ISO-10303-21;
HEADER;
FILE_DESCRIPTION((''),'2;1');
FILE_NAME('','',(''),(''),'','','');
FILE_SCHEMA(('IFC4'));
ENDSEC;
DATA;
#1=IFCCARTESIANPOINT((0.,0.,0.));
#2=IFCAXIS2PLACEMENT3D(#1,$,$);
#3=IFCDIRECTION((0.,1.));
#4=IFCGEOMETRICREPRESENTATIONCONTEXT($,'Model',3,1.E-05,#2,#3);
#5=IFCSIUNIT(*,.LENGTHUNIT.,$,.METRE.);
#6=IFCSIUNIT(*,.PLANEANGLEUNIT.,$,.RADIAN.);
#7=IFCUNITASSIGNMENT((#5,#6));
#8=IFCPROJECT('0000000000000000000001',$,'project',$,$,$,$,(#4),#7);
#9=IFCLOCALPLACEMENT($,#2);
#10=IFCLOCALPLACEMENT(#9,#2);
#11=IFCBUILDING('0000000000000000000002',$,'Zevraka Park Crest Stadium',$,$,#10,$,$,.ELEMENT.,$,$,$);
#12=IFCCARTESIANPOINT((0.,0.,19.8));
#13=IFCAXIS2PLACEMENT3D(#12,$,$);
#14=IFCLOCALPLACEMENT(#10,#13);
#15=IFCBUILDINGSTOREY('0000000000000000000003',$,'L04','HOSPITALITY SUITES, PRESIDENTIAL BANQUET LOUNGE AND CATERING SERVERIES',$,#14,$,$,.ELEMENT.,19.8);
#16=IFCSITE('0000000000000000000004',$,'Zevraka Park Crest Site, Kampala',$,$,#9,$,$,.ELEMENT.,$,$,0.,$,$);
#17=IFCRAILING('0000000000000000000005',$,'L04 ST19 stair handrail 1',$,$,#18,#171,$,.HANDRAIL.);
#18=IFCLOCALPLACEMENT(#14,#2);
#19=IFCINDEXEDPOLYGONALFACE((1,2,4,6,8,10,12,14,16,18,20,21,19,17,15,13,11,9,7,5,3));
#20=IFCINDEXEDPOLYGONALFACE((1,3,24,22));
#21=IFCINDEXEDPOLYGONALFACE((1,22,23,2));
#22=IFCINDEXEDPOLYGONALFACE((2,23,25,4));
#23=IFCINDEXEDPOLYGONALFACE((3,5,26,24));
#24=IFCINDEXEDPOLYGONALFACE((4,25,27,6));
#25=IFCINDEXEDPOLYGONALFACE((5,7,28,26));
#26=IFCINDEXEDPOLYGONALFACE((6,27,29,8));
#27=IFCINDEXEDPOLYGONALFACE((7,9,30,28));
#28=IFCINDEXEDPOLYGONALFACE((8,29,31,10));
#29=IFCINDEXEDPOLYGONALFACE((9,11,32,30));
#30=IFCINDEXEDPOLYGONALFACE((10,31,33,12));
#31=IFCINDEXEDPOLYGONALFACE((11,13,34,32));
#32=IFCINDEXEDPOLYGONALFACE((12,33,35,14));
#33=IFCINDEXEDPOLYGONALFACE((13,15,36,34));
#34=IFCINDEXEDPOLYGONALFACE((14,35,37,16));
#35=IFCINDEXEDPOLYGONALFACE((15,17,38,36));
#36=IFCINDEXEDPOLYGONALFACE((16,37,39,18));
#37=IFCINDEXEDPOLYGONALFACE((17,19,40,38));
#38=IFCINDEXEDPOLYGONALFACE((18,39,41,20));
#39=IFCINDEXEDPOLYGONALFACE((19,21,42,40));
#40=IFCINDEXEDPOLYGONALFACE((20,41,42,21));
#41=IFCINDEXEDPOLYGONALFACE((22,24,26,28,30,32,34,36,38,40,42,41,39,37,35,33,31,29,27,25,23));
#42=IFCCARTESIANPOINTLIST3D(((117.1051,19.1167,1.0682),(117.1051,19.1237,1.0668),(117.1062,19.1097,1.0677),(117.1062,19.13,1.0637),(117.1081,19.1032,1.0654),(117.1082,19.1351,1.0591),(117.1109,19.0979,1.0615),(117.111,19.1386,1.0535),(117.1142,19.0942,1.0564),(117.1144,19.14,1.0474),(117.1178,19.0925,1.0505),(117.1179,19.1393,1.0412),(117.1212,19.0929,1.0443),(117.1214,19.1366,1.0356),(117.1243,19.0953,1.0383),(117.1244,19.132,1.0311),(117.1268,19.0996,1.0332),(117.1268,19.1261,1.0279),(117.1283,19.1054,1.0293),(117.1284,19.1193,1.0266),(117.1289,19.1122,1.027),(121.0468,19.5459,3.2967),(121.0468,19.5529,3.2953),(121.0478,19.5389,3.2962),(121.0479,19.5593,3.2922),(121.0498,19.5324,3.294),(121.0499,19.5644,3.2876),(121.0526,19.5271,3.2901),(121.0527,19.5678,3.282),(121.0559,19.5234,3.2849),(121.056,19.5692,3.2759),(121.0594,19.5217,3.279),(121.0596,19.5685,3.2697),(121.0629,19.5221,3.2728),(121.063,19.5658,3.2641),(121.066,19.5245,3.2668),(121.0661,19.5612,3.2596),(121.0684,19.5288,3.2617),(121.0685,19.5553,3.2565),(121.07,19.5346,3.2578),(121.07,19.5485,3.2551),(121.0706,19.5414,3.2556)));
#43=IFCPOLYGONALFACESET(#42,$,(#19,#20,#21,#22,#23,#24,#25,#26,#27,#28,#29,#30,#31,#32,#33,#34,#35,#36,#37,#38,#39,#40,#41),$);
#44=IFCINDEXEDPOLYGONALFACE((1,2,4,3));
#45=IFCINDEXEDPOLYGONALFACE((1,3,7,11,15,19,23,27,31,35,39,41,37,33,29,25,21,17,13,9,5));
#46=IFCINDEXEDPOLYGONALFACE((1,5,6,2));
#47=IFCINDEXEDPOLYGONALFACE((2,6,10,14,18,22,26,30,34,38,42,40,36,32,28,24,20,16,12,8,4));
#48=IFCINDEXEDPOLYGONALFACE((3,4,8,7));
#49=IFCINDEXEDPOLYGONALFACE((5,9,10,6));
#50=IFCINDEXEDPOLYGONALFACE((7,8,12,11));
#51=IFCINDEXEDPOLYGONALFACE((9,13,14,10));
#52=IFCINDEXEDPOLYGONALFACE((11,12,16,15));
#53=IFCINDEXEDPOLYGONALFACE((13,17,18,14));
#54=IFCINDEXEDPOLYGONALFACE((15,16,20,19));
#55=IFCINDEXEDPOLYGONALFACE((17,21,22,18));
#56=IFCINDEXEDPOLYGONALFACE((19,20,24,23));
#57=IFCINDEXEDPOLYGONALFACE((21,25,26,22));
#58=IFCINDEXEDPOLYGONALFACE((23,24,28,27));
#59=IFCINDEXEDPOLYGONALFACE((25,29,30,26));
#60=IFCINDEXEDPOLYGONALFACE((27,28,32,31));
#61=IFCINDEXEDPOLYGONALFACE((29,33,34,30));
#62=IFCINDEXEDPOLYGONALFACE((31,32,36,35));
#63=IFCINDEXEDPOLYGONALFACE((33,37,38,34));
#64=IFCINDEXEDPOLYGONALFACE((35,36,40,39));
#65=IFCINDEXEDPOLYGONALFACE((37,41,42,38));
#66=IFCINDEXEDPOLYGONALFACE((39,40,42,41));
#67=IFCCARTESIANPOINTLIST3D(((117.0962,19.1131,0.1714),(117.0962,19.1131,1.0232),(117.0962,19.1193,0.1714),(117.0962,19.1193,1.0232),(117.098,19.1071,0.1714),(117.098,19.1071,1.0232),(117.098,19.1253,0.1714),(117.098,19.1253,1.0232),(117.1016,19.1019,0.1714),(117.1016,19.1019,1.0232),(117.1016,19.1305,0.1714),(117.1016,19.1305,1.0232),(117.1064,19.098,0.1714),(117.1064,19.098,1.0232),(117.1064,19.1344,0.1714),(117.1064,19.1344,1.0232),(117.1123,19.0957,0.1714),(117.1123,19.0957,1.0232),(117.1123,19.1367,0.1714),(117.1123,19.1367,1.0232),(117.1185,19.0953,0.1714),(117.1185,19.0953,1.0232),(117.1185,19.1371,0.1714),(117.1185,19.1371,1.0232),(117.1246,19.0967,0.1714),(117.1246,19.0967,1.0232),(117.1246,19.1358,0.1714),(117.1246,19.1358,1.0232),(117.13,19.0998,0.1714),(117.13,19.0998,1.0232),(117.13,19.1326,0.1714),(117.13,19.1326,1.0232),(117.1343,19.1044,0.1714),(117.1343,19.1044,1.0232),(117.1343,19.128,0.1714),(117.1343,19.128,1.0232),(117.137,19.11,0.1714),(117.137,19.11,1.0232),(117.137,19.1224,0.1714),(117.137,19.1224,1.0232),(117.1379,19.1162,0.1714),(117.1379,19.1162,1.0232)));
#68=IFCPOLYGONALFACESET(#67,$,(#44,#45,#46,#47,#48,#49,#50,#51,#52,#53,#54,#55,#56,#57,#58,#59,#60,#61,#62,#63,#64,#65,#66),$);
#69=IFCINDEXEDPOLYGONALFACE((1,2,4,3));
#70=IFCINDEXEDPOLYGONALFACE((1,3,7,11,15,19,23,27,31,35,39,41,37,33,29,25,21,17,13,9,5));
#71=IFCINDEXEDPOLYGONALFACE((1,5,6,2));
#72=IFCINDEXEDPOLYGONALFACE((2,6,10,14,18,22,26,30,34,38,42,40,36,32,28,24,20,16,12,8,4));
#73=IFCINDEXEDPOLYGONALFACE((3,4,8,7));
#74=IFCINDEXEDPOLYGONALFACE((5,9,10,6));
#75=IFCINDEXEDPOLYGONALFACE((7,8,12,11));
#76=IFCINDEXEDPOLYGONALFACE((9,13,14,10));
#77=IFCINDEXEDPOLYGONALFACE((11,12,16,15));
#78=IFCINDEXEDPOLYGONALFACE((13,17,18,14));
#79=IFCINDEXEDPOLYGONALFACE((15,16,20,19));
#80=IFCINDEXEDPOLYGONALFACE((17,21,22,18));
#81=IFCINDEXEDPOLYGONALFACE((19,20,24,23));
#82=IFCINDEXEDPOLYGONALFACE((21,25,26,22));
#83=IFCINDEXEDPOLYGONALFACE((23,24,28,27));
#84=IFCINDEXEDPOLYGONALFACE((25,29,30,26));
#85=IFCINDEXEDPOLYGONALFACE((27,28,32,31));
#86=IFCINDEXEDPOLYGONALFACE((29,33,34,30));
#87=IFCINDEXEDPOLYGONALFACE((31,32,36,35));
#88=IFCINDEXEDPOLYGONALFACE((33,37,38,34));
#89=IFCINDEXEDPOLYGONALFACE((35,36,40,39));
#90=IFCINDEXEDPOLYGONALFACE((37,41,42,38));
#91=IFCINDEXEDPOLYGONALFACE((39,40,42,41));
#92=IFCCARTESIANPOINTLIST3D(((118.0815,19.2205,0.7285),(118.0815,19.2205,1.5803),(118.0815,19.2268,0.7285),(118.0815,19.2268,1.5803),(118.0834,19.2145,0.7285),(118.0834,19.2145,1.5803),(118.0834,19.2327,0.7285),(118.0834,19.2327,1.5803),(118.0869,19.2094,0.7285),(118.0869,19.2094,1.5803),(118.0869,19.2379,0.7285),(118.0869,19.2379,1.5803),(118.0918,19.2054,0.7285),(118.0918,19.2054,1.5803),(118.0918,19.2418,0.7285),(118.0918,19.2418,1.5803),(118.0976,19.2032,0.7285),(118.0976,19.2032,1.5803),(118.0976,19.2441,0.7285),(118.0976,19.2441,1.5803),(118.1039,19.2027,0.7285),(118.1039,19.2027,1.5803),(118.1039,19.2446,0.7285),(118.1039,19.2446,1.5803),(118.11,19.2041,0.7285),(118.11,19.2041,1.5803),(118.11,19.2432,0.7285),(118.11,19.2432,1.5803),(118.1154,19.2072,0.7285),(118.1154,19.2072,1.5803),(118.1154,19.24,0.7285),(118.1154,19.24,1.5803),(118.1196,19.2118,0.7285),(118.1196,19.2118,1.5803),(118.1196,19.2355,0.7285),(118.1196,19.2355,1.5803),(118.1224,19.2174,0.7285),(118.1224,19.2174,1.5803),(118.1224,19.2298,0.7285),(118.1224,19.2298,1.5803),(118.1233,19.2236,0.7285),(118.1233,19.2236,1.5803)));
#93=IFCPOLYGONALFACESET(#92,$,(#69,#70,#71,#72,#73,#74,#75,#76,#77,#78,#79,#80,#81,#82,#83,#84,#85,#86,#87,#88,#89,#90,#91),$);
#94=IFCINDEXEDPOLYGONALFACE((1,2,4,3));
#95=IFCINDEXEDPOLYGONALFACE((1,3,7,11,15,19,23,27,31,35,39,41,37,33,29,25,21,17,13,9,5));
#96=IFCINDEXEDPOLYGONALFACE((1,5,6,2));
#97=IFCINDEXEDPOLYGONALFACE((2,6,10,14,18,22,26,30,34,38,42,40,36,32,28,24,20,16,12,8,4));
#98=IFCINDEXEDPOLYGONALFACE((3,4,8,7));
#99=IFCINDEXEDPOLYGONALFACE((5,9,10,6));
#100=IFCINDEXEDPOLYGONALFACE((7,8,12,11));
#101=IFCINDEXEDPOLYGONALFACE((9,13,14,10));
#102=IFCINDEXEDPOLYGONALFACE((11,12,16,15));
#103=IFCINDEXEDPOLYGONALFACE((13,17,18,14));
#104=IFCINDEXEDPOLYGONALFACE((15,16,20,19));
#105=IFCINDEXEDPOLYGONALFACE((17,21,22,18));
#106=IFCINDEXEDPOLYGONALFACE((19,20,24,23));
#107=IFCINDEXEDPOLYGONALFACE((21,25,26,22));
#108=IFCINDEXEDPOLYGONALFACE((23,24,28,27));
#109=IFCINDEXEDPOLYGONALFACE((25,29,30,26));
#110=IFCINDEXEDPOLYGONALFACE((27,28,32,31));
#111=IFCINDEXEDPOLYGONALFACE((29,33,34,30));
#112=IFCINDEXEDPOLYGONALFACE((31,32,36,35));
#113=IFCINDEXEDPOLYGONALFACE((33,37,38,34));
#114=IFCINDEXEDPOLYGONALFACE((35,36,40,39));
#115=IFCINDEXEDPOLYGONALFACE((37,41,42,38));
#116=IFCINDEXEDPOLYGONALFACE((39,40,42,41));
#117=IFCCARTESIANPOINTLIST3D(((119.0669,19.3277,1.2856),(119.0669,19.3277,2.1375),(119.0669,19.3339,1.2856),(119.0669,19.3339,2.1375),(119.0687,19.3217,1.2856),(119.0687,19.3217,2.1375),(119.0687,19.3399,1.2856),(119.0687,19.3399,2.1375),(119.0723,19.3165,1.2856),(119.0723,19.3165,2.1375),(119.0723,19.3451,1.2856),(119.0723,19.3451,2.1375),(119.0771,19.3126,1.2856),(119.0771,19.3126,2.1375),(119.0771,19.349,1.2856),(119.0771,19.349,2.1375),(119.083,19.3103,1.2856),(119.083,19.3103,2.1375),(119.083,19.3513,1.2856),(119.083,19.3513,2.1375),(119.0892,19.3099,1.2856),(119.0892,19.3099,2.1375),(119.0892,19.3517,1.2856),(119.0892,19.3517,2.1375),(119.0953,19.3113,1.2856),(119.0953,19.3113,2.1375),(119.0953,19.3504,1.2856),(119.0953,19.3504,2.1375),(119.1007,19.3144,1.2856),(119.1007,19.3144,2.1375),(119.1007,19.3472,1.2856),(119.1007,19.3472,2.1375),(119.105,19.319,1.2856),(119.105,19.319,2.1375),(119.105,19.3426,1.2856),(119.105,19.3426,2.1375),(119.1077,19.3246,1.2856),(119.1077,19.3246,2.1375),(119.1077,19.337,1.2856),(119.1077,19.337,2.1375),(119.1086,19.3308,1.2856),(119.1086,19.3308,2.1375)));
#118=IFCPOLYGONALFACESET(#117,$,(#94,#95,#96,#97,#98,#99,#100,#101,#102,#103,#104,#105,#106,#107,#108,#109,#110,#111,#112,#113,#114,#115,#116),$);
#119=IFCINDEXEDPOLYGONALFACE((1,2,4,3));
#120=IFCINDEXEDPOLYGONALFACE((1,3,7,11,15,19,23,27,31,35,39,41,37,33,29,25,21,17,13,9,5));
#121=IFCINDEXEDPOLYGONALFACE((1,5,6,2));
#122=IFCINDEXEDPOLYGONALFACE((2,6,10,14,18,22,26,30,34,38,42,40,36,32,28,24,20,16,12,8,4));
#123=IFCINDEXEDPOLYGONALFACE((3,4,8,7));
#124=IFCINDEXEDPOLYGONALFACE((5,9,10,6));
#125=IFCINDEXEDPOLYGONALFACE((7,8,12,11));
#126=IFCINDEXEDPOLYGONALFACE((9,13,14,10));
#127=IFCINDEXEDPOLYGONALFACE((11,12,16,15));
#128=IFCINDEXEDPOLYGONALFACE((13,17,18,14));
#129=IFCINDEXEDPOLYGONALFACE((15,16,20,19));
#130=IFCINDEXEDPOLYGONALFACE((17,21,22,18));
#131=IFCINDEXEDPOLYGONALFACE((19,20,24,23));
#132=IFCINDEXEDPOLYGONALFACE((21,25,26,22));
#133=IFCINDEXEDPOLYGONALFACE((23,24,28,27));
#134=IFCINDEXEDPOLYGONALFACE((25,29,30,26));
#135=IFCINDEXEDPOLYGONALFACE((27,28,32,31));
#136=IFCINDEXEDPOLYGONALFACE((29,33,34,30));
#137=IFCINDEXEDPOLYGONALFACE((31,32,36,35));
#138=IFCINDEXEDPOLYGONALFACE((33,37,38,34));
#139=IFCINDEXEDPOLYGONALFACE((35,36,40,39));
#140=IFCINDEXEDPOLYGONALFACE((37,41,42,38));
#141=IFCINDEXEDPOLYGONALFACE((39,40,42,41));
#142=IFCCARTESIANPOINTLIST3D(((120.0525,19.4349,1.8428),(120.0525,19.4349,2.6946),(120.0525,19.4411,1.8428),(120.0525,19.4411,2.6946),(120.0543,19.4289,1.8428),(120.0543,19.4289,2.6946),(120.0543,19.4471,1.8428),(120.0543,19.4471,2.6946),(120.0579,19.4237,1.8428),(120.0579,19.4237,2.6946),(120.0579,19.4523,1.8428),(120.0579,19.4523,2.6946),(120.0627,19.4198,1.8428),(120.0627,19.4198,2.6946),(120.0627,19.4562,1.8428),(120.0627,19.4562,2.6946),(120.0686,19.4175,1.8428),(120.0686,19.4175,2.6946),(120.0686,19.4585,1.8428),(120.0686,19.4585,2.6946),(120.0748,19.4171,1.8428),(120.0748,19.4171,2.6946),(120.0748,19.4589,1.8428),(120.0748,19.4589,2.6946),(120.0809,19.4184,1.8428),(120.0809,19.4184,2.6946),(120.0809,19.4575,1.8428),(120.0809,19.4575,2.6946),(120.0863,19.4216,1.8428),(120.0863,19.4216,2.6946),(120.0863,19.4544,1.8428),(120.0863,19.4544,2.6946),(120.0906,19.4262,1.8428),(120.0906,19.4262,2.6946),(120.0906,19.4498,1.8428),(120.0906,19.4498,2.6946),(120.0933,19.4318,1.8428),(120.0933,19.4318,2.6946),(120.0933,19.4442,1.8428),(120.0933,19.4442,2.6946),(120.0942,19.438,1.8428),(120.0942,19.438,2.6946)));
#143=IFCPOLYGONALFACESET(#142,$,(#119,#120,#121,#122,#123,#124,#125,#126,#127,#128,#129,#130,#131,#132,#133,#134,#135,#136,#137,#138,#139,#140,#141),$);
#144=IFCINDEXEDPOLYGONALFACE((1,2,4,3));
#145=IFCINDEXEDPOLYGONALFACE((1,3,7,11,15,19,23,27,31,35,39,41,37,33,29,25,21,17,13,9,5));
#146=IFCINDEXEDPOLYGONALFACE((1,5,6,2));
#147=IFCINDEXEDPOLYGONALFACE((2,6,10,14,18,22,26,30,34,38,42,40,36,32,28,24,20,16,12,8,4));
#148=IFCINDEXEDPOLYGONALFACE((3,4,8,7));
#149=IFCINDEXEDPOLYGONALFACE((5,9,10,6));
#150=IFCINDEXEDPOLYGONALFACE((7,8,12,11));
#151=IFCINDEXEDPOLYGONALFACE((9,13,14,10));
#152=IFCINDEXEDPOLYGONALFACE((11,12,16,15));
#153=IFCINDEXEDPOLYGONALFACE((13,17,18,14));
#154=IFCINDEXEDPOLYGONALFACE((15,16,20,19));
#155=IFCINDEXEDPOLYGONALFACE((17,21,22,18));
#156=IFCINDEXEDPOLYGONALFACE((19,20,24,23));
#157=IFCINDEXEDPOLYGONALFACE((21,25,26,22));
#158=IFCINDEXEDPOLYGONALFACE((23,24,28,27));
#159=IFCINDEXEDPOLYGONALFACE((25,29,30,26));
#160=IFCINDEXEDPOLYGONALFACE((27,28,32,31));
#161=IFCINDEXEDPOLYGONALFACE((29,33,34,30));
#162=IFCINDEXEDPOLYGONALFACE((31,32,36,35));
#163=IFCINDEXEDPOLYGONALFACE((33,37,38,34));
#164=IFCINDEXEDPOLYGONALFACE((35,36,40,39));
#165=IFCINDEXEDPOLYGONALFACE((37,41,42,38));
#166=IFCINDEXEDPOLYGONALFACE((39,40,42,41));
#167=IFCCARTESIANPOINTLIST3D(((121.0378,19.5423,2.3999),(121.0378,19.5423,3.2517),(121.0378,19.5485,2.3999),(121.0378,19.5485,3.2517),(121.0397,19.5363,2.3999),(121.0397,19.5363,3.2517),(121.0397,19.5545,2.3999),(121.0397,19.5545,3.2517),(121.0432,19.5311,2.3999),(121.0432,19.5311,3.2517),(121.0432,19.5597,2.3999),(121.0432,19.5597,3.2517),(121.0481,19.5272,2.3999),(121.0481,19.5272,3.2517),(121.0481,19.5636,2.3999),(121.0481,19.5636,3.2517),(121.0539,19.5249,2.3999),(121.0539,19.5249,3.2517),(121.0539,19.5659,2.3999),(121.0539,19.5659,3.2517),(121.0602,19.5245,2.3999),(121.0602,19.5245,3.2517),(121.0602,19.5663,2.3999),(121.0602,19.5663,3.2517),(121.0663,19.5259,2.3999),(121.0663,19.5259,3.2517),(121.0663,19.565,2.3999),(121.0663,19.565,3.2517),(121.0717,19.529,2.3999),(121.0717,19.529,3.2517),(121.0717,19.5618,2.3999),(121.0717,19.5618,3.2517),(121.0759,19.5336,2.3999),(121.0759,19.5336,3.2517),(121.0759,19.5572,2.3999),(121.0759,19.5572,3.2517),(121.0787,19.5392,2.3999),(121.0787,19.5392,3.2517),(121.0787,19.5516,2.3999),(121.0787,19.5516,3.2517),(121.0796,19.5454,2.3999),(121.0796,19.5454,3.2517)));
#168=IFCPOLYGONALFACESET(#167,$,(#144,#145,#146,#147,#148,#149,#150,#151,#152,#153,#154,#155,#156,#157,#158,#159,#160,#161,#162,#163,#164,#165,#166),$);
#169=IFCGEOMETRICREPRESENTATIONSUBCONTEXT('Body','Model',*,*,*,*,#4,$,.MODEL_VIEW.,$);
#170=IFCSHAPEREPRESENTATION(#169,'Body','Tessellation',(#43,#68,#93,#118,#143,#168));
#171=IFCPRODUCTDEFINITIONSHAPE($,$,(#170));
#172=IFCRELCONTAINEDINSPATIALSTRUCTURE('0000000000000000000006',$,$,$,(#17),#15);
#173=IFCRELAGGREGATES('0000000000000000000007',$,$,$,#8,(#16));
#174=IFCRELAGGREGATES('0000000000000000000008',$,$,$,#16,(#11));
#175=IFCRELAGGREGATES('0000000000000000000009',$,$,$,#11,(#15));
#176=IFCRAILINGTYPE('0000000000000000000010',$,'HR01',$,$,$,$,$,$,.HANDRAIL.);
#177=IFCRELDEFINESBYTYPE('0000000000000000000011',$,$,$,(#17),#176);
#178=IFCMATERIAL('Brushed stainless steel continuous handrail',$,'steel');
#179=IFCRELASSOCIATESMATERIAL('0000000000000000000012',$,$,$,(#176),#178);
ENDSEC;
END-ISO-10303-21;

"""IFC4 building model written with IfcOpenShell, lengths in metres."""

from ifc_helpers import new_model, si_unit, direction, frame, origin, origin_2d, place, context, subcontext, project, spatial, circle, extrude, material, type_object, element, save


model = new_model("IFC4")

# Units and contexts
model_context = context("Model", 3, precision=1e-05, world=origin(), true_north=direction((0.0, 1.0)))
body_context = subcontext(model_context, "Body", "Model", "MODEL_VIEW")
ifc_project = project(units=[si_unit("LENGTHUNIT", "METRE"), si_unit("PLANEANGLEUNIT", "RADIAN")], contexts=[model_context])

# Site, building, storey
site_placement = place(None, origin())
site = spatial("IfcSite", under=ifc_project, at=site_placement, Name="Zevraka Park Crest Site, Kampala", CompositionType="ELEMENT", RefElevation=0.0)
building_placement = place(site_placement, origin())
building = spatial("IfcBuilding", under=site, at=building_placement, Name="Zevraka Park Crest Stadium", CompositionType="ELEMENT")
storey_placement = place(building_placement, frame((0.0, 0.0, 19.8)))
storey = spatial("IfcBuildingStorey", under=building, at=storey_placement, Name="L04", Description="HOSPITALITY SUITES, PRESIDENTIAL BANQUET LOUNGE AND CATERING SERVERIES", CompositionType="ELEMENT", Elevation=19.8)

# Railing
ifc_material_1 = material(Name="Brushed stainless steel continuous handrail", Category="steel")
railing_type_1 = type_object("IfcRailingType", Name="HR01", PredefinedType="HANDRAIL", material=ifc_material_1)
railing_1_placement = place(storey_placement, frame((117.1169, 19.1162, 0.1714)))
element("IfcRailing", 1, at=railing_1_placement, inside=storey, type_object=railing_type_1, Name="L04 ST19 stair handrail 1", PredefinedType="HANDRAIL", context=body_context, shape_type="SweptSolid", body=[
    extrude(circle(Radius=0.0239, at=origin_2d()), frame((0.0, 0.0, 0.876), z_axis=(0.866619, 0.094365, 0.489966), x_axis=(-0.108248, 0.994124, 0.0)), (0.0, 0.0, 1.0), 4.5483),
    extrude(circle(Radius=0.021, at=origin_2d()), origin(), (0.0, 0.0, 1.0), 0.8518),
    extrude(circle(Radius=0.021, at=origin_2d()), frame((0.9854, 0.1074, 0.5571)), (0.0, 0.0, 1.0), 0.8518),
    extrude(circle(Radius=0.021, at=origin_2d()), frame((1.9707, 0.2146, 1.1143)), (0.0, 0.0, 1.0), 0.8518),
    extrude(circle(Radius=0.021, at=origin_2d()), frame((2.9563, 0.3218, 1.6714)), (0.0, 0.0, 1.0), 0.8518),
    extrude(circle(Radius=0.021, at=origin_2d()), frame((3.9417, 0.4292, 2.2285)), (0.0, 0.0, 1.0), 0.8518),
])

save(model, "model.ifc")
